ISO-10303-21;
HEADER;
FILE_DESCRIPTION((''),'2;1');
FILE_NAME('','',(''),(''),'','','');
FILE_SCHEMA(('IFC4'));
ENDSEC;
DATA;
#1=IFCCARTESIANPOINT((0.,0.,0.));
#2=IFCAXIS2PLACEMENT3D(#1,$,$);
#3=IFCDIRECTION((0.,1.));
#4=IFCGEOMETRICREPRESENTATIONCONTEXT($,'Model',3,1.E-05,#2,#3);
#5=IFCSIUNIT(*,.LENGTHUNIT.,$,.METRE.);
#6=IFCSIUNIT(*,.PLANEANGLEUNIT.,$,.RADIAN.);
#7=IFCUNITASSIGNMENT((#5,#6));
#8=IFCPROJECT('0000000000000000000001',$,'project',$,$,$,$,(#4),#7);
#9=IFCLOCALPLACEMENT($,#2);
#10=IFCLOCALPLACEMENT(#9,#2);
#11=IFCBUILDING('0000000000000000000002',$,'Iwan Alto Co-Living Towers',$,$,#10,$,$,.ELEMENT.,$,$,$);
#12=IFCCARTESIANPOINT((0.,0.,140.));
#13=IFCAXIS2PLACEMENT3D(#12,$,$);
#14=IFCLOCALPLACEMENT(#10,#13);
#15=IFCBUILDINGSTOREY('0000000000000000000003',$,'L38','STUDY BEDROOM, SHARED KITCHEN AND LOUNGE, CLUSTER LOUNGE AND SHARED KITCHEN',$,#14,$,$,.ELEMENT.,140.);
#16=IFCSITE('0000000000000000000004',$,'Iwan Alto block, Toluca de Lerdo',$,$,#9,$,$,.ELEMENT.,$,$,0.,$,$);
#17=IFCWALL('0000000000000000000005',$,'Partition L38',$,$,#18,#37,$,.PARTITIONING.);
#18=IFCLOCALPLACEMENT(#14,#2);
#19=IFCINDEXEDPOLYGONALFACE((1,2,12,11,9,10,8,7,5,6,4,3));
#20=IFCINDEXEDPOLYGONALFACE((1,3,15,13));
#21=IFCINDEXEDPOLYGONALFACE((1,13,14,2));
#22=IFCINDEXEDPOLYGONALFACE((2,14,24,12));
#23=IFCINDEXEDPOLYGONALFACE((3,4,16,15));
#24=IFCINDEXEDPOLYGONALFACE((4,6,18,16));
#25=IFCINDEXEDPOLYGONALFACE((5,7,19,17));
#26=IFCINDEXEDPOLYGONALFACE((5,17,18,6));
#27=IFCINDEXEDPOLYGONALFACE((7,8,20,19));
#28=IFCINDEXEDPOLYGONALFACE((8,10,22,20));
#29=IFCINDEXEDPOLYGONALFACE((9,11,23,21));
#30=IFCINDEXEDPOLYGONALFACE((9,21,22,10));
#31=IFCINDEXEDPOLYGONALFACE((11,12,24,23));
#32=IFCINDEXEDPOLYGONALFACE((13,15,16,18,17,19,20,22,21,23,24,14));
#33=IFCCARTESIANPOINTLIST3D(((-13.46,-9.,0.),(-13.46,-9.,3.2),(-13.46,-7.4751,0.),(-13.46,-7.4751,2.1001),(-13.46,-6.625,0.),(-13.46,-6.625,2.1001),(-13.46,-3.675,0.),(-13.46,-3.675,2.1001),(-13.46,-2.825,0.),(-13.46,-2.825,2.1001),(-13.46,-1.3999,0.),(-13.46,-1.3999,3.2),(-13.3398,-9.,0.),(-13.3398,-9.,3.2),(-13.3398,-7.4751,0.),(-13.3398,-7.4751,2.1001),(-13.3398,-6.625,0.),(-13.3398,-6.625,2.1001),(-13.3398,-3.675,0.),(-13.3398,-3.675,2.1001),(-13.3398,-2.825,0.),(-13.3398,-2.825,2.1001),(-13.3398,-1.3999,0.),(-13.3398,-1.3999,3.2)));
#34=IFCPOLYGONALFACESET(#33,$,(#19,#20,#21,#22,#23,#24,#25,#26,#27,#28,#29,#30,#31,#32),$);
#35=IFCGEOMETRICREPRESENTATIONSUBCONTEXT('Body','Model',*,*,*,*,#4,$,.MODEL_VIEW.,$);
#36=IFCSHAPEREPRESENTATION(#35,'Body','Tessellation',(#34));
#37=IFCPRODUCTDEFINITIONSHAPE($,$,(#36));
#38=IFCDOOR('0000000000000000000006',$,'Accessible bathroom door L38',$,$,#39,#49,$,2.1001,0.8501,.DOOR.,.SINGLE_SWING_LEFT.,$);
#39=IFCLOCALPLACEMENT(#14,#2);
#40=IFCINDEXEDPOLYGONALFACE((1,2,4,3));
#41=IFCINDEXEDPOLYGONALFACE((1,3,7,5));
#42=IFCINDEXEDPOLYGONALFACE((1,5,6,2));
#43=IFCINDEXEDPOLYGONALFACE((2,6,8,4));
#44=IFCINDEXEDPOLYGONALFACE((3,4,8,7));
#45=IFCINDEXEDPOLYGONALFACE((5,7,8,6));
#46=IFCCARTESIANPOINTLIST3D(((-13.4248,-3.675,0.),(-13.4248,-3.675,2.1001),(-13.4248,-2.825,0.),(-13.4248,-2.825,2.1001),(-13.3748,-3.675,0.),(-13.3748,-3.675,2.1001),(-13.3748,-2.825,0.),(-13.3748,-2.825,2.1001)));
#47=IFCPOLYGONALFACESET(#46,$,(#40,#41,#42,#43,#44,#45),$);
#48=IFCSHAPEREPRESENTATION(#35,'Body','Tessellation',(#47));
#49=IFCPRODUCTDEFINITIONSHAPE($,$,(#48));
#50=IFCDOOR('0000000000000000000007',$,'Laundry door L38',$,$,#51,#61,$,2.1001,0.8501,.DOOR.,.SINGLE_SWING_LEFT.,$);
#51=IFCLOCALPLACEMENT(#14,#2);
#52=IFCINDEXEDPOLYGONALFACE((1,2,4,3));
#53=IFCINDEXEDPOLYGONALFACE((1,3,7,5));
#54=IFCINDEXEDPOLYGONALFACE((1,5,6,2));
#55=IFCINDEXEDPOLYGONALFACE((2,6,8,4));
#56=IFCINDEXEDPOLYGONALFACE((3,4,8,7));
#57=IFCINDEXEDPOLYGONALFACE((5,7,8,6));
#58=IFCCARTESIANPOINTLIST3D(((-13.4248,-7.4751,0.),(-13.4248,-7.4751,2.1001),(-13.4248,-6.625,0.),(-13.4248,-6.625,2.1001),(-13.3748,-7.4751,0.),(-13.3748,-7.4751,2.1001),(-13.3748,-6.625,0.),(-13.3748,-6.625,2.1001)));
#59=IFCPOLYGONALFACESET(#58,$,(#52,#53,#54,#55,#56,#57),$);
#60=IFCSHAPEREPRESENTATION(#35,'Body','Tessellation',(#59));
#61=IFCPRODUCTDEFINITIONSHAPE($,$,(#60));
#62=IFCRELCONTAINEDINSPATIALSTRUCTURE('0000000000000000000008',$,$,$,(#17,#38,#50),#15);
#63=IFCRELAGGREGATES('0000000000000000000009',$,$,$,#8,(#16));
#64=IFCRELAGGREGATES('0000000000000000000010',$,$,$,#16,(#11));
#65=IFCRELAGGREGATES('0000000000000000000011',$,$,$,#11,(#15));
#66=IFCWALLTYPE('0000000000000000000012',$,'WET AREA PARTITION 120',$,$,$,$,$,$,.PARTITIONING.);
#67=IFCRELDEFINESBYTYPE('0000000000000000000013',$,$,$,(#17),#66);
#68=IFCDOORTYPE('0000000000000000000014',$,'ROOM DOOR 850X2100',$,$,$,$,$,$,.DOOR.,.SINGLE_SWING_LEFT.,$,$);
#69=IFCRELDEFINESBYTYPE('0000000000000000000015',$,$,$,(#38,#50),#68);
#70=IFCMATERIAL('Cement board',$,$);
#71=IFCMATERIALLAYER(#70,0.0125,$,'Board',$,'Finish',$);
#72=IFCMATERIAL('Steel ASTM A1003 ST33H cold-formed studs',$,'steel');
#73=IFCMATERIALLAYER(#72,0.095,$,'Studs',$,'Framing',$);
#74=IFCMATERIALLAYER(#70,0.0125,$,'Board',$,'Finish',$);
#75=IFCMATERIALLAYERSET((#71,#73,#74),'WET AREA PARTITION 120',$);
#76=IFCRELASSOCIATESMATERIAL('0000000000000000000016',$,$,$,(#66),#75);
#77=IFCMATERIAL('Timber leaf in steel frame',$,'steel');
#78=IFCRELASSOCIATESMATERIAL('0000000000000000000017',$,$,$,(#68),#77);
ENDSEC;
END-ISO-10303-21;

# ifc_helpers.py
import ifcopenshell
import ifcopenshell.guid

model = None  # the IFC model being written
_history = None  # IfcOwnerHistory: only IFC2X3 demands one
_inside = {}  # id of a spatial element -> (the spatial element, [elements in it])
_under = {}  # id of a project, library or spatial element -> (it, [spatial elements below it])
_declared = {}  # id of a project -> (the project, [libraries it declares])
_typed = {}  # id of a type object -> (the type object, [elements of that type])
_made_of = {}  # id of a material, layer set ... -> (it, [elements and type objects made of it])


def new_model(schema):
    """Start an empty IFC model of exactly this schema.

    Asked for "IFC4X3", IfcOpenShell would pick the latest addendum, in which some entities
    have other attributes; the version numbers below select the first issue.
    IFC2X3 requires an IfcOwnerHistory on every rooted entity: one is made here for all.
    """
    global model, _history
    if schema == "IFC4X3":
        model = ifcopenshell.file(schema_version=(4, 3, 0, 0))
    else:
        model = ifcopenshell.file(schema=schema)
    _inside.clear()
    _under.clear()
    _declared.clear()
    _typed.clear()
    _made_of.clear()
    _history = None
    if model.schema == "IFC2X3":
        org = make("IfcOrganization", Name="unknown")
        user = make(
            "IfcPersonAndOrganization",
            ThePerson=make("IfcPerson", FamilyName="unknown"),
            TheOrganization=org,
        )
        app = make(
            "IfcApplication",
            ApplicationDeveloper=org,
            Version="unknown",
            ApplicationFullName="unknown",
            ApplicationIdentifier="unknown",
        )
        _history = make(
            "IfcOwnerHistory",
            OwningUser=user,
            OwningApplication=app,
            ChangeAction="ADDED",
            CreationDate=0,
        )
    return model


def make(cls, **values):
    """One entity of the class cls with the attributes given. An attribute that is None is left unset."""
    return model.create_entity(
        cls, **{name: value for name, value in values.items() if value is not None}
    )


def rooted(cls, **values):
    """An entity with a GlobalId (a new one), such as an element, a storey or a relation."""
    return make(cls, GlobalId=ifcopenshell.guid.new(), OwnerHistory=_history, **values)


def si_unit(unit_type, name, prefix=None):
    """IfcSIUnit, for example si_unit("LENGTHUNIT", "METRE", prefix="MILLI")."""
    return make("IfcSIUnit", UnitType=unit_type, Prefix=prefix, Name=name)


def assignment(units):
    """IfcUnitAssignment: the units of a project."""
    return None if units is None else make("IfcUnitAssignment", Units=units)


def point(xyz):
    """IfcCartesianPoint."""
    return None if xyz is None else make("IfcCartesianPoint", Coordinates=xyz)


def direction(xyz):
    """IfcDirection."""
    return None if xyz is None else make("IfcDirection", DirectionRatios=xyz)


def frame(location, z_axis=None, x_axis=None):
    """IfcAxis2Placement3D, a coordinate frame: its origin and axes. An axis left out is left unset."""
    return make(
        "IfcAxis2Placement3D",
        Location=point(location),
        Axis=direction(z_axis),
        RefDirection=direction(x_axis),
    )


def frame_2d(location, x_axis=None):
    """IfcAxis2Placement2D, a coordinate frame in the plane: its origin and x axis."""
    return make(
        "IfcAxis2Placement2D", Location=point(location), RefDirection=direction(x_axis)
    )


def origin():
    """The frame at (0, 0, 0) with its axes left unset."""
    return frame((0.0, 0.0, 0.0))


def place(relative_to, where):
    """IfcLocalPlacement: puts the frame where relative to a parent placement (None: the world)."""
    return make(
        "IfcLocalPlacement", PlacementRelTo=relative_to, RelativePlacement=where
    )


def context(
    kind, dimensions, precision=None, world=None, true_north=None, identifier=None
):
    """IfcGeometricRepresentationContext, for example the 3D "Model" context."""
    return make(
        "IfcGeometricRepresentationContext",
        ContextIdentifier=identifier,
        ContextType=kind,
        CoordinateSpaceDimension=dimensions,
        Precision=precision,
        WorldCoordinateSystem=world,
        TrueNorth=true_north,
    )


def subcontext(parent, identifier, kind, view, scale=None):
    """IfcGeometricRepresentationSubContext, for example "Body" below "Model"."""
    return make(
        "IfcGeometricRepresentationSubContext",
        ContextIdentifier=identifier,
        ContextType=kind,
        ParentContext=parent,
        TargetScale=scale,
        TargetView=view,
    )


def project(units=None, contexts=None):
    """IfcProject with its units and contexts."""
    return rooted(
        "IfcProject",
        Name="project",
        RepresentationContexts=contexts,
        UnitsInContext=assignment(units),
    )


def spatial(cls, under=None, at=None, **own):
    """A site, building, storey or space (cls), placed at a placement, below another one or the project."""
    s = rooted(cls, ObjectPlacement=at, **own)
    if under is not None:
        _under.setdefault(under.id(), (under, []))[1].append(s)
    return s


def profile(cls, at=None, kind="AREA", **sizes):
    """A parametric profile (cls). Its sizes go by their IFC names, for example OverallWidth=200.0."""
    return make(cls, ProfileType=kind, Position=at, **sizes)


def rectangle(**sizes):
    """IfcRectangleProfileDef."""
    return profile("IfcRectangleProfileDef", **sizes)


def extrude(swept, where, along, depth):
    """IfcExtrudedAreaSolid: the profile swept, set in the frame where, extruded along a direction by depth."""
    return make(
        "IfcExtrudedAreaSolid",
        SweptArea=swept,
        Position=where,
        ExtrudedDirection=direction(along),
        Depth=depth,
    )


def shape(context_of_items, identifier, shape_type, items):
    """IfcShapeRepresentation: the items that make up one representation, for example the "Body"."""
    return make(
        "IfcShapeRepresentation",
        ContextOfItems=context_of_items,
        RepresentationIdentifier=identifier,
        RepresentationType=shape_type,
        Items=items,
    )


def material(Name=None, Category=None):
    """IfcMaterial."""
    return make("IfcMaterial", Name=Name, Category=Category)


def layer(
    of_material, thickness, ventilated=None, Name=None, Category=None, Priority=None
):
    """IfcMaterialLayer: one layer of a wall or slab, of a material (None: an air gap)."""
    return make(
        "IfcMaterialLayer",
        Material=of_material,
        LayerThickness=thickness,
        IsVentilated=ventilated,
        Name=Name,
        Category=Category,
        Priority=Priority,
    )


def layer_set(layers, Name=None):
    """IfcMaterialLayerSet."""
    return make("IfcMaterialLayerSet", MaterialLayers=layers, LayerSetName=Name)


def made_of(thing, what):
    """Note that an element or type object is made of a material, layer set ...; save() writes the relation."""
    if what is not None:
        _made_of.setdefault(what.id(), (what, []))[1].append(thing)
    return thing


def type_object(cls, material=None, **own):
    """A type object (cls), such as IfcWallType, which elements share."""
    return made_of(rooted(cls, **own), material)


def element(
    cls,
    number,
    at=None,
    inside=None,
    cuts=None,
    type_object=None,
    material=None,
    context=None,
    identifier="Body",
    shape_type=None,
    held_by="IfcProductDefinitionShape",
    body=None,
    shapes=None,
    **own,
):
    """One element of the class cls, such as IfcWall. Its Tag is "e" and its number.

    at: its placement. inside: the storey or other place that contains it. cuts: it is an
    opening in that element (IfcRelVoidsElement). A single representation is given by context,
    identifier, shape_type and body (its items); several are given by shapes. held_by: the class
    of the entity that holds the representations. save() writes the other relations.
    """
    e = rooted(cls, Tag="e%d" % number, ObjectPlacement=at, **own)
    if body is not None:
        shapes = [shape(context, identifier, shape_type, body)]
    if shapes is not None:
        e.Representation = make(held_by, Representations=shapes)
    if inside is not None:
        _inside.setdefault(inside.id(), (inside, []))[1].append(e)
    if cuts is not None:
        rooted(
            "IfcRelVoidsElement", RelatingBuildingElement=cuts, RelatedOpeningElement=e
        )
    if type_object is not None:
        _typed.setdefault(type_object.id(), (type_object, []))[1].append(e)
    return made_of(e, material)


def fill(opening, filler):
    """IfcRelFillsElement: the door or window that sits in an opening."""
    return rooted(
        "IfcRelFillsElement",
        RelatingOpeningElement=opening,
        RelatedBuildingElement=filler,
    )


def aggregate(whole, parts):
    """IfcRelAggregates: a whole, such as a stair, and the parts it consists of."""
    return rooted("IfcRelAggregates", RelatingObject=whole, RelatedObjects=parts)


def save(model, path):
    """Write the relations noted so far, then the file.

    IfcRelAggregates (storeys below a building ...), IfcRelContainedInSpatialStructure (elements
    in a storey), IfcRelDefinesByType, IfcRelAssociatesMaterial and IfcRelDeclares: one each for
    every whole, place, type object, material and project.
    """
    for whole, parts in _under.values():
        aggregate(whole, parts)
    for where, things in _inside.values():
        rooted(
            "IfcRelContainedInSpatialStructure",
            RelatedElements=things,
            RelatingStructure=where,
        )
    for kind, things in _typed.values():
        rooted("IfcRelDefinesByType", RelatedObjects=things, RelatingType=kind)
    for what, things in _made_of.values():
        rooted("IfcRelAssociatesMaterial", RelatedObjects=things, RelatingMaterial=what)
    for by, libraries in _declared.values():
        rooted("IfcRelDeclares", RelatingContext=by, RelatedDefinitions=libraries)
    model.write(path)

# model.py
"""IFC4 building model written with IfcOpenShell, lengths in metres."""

from ifc_helpers import new_model, si_unit, direction, frame, frame_2d, origin, place, context, subcontext, project, spatial, rectangle, extrude, material, layer, layer_set, type_object, element, fill, save


model = new_model("IFC4")

# Units and contexts
model_context = context("Model", 3, precision=1e-05, world=origin(), true_north=direction((0.0, 1.0)))
body_context = subcontext(model_context, "Body", "Model", "MODEL_VIEW")
ifc_project = project(units=[si_unit("LENGTHUNIT", "METRE"), si_unit("PLANEANGLEUNIT", "RADIAN")], contexts=[model_context])

# Site, building, storey
site_placement = place(None, origin())
site = spatial("IfcSite", under=ifc_project, at=site_placement, Name="Iwan Alto block, Toluca de Lerdo", CompositionType="ELEMENT", RefElevation=0.0)
building_placement = place(site_placement, origin())
building = spatial("IfcBuilding", under=site, at=building_placement, Name="Iwan Alto Co-Living Towers", CompositionType="ELEMENT")
storey_placement = place(building_placement, frame((0.0, 0.0, 140.0)))
storey = spatial("IfcBuildingStorey", under=building, at=storey_placement, Name="L38", Description="STUDY BEDROOM, SHARED KITCHEN AND LOUNGE, CLUSTER LOUNGE AND SHARED KITCHEN", CompositionType="ELEMENT", Elevation=140.0)

# Shared definitions
ifc_material_1 = material(Name="Steel ASTM A1003 ST33H cold-formed studs", Category="steel")

# Wall, openings, doors
ifc_material_2 = material(Name="Cement board")
ifc_layer_1 = layer(ifc_material_2, 0.0125, Name="Board", Category="Finish")
ifc_layer_2 = layer(ifc_material_1, 0.095, Name="Studs", Category="Framing")
ifc_layer_3 = layer(ifc_material_2, 0.0125, Name="Board", Category="Finish")
ifc_layer_set_1 = layer_set([ifc_layer_1, ifc_layer_2, ifc_layer_3], Name="WET AREA PARTITION 120")
wall_type_1 = type_object("IfcWallType", Name="WET AREA PARTITION 120", PredefinedType="PARTITIONING", material=ifc_layer_set_1)
wall_1_placement = place(storey_placement, frame((-13.3999, -9.0, 0.0), z_axis=(0.0, 0.0, 1.0), x_axis=(0.0, 1.0, 0.0)))
wall_1 = element("IfcWall", 1, at=wall_1_placement, inside=storey, type_object=wall_type_1, Name="Partition L38", PredefinedType="PARTITIONING", context=body_context, shape_type="SweptSolid", body=[
    extrude(rectangle(XDim=7.6001, YDim=0.1201, at=frame_2d((3.8, 0.0))), origin(), (0.0, 0.0, 1.0), 3.2),
])
opening_1_placement = place(wall_1_placement, frame((5.325, 0.0, 0.0)))
opening_1 = element("IfcOpeningElement", 2, at=opening_1_placement, cuts=wall_1, PredefinedType="OPENING", context=body_context, shape_type="SweptSolid", body=[
    extrude(rectangle(XDim=0.8501, YDim=2.1001, at=frame_2d((0.425, 1.05))), frame((0.0, 0.0701, 0.0), z_axis=(0.0, -1.0, 0.0), x_axis=(1.0, 0.0, 0.0)), (0.0, 0.0, 1.0), 0.1401),
])
opening_2_placement = place(wall_1_placement, frame((1.5249, 0.0, 0.0)))
opening_2 = element("IfcOpeningElement", 3, at=opening_2_placement, cuts=wall_1, PredefinedType="OPENING", context=body_context, shape_type="SweptSolid", body=[
    extrude(rectangle(XDim=0.8501, YDim=2.1001, at=frame_2d((0.425, 1.05))), frame((0.0, 0.0701, 0.0), z_axis=(0.0, -1.0, 0.0), x_axis=(1.0, 0.0, 0.0)), (0.0, 0.0, 1.0), 0.1401),
])
ifc_material_3 = material(Name="Timber leaf in steel frame", Category="steel")
door_type_1 = type_object("IfcDoorType", Name="ROOM DOOR 850X2100", OperationType="SINGLE_SWING_LEFT", PredefinedType="DOOR", material=ifc_material_3)
door_1_placement = place(opening_1_placement, origin())
door_1 = element("IfcDoor", 4, at=door_1_placement, inside=storey, type_object=door_type_1, Name="Accessible bathroom door L38", OperationType="SINGLE_SWING_LEFT", OverallHeight=2.1001, OverallWidth=0.8501, PredefinedType="DOOR", context=body_context, shape_type="SweptSolid", body=[
    extrude(rectangle(XDim=0.8501, YDim=2.1001, at=frame_2d((0.425, 1.05))), frame((0.0, 0.0249, 0.0), z_axis=(0.0, -1.0, 0.0), x_axis=(1.0, 0.0, 0.0)), (0.0, 0.0, 1.0), 0.05),
])
fill(opening_1, door_1)
door_2_placement = place(opening_2_placement, origin())
door_2 = element("IfcDoor", 5, at=door_2_placement, inside=storey, type_object=door_type_1, Name="Laundry door L38", OperationType="SINGLE_SWING_LEFT", OverallHeight=2.1001, OverallWidth=0.8501, PredefinedType="DOOR", context=body_context, shape_type="SweptSolid", body=[
    extrude(rectangle(XDim=0.8501, YDim=2.1001, at=frame_2d((0.425, 1.05))), frame((0.0, 0.0249, 0.0), z_axis=(0.0, -1.0, 0.0), x_axis=(1.0, 0.0, 0.0)), (0.0, 0.0, 1.0), 0.05),
])
fill(opening_2, door_2)

save(model, "model.ifc")
